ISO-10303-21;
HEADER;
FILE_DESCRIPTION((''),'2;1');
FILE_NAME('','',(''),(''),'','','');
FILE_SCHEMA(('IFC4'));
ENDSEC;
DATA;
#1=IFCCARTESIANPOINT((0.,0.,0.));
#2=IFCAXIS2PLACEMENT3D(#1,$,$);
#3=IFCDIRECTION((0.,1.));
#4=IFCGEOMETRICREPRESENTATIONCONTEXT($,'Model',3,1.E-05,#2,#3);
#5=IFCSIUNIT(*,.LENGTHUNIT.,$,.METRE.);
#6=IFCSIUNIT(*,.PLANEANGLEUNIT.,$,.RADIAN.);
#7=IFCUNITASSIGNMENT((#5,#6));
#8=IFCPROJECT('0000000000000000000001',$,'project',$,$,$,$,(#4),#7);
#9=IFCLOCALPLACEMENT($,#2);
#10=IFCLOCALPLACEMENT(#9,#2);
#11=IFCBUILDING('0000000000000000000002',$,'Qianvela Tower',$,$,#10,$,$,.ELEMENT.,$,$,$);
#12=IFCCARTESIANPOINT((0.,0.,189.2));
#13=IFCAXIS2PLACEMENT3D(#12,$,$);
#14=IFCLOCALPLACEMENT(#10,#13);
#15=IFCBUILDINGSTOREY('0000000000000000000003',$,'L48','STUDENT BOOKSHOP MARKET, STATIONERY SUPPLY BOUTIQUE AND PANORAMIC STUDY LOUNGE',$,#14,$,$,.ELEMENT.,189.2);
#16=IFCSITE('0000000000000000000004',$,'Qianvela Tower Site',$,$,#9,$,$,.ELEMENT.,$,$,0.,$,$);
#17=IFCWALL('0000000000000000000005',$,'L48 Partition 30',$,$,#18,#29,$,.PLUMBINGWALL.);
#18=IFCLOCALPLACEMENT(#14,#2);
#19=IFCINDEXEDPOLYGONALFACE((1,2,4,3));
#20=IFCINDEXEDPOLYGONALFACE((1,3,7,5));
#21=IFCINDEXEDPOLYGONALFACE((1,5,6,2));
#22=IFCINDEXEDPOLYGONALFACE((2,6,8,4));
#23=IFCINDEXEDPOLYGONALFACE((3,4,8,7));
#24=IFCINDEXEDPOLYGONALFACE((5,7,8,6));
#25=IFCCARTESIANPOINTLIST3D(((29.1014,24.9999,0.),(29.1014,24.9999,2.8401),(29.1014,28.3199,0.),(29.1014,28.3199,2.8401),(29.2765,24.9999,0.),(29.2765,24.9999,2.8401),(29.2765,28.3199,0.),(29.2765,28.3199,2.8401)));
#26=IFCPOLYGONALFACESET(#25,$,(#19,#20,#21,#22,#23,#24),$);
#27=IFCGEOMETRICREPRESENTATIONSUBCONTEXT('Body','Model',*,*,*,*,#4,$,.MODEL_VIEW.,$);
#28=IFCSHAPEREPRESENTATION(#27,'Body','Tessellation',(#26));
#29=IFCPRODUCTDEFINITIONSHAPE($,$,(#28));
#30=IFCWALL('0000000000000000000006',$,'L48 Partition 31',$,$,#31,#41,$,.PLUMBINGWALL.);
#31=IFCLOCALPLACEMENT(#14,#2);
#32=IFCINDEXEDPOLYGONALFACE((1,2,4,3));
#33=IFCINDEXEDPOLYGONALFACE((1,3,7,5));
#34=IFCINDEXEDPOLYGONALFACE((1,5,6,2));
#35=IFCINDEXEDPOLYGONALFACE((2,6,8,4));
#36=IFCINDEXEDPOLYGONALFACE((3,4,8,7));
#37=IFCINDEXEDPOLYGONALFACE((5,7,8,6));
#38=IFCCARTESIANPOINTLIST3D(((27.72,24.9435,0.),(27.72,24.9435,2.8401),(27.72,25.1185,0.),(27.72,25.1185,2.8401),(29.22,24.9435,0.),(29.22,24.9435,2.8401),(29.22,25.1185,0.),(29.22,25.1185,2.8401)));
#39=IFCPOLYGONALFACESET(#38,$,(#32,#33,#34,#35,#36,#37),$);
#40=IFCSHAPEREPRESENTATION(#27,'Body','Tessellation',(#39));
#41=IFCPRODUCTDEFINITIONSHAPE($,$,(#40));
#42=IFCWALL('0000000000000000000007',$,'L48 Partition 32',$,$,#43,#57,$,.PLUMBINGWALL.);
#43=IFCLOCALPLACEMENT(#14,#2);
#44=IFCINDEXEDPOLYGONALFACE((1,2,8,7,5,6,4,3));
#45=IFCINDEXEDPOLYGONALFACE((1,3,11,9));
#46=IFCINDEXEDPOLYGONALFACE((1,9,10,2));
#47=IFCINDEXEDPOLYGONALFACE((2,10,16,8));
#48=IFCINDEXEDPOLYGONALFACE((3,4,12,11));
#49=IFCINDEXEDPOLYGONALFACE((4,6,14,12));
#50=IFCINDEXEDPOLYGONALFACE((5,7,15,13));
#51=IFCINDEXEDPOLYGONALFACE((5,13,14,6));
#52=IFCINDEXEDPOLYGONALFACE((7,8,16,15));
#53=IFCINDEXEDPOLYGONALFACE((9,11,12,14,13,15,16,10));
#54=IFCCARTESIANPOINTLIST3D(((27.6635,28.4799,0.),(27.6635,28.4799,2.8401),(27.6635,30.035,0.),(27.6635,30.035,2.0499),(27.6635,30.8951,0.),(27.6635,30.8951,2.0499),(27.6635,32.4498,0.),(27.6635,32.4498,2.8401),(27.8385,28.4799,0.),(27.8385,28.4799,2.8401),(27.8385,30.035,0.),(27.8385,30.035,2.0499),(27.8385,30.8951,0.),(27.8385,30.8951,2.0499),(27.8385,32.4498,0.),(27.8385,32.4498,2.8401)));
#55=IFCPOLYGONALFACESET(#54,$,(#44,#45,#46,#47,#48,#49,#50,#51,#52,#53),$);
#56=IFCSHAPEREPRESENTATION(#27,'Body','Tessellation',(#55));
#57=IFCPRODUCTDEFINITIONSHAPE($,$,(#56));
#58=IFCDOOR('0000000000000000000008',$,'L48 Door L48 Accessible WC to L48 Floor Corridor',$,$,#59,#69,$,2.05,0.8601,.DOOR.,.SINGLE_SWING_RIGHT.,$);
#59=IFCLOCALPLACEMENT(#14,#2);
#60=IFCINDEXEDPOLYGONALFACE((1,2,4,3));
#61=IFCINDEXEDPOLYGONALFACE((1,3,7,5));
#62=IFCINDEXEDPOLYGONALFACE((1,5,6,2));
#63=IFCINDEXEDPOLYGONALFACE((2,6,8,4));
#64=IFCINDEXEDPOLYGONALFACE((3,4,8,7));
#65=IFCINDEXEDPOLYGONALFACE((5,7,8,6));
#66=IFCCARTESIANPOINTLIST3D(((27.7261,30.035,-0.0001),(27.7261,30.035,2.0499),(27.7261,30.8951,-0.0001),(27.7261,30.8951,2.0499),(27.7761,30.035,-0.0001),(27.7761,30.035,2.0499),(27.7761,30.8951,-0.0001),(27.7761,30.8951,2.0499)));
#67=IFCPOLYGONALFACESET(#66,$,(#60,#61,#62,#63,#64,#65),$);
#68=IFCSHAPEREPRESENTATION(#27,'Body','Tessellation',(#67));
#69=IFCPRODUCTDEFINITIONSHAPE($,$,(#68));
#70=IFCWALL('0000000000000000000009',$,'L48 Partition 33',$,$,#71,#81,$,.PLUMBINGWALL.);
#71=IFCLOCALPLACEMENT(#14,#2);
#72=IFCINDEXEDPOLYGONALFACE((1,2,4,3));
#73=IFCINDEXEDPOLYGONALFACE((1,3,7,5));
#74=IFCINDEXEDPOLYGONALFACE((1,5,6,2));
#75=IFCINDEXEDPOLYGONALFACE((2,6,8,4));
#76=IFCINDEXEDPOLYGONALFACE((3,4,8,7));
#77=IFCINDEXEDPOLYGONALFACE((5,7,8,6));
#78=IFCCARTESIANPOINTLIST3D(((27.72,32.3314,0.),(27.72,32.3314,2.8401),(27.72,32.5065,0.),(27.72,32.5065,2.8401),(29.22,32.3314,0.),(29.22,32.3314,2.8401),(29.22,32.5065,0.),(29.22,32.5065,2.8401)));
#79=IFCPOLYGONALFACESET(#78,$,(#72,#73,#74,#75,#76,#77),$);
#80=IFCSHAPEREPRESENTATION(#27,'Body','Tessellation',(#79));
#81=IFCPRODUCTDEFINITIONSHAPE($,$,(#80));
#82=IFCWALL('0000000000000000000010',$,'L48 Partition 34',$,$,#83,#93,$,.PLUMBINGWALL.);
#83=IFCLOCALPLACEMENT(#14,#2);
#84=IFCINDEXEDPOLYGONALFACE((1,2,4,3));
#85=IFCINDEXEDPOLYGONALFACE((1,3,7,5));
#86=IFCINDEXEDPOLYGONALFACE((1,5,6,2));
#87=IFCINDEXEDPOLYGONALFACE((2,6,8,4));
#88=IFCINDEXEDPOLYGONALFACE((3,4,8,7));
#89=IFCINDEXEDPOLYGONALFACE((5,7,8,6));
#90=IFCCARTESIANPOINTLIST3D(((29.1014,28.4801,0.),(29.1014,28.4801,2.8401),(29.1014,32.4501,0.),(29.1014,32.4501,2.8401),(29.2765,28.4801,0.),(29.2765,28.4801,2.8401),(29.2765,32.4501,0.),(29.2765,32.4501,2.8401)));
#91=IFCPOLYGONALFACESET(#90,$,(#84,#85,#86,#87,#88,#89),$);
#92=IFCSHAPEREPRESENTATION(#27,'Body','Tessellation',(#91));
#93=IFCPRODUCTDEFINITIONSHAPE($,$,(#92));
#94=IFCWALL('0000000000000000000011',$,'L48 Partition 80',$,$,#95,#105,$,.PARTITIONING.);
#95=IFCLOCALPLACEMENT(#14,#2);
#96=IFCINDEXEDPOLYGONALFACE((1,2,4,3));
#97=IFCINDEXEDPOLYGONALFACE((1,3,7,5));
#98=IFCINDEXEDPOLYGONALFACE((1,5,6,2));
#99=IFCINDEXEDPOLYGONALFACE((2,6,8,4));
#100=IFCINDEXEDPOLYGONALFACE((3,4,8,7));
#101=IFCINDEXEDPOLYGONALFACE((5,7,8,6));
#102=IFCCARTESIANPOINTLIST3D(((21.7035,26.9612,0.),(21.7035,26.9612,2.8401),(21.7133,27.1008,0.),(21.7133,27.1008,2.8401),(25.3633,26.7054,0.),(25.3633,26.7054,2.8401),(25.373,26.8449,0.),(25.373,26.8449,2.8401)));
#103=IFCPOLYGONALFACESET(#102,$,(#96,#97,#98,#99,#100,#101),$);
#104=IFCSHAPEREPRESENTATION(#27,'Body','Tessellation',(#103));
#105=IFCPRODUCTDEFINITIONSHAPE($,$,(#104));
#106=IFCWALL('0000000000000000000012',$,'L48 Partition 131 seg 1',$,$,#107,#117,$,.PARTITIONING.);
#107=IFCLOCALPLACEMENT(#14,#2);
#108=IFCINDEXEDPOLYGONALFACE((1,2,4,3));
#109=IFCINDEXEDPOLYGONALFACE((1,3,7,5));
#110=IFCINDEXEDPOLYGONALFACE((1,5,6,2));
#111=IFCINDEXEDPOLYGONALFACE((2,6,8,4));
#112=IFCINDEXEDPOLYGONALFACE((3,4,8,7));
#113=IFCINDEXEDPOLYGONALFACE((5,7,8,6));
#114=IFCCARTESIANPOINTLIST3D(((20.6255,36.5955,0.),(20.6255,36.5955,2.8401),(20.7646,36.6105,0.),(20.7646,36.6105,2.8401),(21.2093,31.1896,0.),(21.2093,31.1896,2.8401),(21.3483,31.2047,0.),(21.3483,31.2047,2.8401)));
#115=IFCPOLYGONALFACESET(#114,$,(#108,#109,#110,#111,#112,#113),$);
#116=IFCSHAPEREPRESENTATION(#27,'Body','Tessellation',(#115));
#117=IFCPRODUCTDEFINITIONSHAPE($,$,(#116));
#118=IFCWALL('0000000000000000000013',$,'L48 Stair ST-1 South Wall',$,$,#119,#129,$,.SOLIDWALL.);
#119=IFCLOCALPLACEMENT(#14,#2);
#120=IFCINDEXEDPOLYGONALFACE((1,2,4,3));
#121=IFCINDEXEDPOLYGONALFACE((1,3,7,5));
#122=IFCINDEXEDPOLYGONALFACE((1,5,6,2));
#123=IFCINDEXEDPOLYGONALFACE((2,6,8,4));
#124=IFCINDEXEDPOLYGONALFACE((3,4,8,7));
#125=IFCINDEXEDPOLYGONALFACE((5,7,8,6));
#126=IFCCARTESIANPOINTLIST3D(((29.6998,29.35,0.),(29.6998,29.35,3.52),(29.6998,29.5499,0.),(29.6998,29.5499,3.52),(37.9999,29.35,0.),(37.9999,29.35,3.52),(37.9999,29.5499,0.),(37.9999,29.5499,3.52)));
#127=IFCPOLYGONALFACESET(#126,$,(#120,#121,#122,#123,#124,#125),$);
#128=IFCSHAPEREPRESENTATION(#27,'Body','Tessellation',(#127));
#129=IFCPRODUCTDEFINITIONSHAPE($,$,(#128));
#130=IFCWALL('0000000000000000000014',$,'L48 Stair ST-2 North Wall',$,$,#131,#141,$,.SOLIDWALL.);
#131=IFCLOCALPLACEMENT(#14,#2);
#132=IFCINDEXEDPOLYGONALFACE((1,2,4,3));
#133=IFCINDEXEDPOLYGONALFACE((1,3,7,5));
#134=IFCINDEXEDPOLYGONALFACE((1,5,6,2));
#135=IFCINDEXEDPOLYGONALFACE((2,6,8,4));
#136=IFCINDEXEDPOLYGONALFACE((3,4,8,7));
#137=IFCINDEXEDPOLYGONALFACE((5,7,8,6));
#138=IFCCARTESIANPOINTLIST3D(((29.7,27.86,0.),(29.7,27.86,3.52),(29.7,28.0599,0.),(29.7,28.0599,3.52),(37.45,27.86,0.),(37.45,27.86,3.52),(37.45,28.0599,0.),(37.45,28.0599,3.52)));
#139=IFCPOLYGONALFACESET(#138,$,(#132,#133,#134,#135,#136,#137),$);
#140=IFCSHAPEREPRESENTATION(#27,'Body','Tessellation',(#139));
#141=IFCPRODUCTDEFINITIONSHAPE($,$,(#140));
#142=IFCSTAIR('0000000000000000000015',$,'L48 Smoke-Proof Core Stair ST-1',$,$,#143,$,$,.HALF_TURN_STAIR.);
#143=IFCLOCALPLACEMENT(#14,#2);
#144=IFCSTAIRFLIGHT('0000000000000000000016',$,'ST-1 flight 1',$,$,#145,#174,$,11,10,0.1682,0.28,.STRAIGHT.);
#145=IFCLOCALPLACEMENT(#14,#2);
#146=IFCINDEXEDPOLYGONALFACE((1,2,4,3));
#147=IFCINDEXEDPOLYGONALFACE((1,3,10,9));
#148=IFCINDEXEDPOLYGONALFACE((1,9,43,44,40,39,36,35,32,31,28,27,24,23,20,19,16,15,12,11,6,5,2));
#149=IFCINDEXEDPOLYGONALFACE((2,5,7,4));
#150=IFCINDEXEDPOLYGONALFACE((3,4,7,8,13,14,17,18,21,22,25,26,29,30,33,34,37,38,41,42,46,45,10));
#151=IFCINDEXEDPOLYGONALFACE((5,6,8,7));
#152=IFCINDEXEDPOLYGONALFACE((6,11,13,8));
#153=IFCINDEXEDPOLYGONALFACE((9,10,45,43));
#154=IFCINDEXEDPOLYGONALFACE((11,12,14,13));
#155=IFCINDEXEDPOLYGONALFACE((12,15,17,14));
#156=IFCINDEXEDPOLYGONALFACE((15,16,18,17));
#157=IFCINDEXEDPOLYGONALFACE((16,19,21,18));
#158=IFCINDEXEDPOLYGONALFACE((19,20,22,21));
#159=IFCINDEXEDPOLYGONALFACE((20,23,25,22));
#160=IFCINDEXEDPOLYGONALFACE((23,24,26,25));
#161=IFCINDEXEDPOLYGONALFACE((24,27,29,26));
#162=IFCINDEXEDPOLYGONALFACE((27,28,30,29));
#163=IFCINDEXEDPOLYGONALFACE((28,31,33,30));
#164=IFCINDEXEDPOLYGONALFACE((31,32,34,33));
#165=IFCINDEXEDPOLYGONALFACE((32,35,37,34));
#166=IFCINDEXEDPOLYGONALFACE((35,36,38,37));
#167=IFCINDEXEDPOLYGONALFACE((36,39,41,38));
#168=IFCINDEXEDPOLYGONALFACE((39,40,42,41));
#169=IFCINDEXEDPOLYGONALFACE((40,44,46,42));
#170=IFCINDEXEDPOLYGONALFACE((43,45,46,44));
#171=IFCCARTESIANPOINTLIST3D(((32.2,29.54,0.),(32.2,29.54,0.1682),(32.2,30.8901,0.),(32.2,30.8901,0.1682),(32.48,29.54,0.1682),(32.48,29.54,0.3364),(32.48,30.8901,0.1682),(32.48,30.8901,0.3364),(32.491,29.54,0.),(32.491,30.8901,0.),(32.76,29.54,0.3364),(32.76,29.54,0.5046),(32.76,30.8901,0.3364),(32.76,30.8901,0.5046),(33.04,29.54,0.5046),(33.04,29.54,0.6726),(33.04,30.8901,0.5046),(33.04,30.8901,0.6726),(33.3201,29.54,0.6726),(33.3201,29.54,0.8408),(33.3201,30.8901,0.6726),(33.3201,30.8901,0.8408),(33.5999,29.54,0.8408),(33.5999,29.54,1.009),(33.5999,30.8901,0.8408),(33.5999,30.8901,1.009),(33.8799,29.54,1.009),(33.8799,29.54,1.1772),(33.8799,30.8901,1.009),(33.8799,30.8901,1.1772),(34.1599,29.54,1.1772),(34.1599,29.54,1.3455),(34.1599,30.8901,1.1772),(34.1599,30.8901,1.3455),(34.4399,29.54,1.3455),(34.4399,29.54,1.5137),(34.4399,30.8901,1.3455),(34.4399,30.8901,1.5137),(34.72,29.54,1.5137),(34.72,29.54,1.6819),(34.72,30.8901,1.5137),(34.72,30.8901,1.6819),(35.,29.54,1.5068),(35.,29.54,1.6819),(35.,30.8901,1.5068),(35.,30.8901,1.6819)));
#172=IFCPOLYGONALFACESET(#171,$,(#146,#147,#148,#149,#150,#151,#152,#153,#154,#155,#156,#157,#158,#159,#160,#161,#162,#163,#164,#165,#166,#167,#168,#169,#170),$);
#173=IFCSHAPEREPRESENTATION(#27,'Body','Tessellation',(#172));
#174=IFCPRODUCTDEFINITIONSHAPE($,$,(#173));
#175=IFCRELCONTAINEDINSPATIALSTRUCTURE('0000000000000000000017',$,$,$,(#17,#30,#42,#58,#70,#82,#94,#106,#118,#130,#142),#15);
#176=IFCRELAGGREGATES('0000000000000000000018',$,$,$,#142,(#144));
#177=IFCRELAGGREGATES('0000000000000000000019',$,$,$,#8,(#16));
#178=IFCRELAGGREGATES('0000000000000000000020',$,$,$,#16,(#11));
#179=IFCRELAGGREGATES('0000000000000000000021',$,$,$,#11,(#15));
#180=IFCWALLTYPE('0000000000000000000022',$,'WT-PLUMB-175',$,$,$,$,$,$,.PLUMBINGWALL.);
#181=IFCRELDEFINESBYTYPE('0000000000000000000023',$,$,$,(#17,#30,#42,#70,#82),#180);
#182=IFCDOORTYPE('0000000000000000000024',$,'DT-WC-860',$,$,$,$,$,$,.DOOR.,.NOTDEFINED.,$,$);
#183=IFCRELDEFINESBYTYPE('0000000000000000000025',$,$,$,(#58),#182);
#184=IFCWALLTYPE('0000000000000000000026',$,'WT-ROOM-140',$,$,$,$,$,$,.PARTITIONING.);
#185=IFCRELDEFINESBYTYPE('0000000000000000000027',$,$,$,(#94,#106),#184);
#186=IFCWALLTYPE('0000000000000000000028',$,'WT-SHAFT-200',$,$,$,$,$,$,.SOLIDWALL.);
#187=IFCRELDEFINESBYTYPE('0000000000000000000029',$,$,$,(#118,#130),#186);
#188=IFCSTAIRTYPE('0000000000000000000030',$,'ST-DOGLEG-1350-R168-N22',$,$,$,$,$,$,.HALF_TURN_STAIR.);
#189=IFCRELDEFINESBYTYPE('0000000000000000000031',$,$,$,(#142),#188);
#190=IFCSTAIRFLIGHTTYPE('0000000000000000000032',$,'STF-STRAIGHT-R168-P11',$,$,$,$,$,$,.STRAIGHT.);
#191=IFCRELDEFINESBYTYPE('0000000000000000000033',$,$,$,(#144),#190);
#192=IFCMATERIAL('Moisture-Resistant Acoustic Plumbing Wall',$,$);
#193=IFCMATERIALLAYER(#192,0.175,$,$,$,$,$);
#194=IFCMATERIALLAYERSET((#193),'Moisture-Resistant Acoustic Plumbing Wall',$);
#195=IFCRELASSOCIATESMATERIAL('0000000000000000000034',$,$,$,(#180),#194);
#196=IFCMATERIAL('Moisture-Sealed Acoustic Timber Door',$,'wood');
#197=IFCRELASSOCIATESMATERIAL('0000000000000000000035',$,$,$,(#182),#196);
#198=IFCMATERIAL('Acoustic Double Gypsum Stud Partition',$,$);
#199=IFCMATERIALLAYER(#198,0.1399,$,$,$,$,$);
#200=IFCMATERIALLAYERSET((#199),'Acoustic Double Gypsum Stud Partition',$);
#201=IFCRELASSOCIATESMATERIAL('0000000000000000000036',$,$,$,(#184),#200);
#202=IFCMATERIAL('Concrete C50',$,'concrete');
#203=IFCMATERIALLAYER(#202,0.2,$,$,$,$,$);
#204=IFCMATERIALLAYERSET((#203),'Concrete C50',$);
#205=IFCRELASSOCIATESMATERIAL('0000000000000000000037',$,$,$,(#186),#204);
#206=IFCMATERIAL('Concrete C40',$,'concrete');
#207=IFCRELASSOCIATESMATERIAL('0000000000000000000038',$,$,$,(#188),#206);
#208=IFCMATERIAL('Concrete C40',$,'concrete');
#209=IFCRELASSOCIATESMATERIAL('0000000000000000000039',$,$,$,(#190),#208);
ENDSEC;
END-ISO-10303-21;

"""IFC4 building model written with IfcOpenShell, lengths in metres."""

from ifc_helpers import new_model, si_unit, direction, frame, frame_2d, origin, place, context, subcontext, project, spatial, polyline, rectangle, outline, extrude, material, layer, layer_set, type_object, element, fill, aggregate, save


model = new_model("IFC4")

# Units and contexts
model_context = context("Model", 3, precision=1e-05, world=origin(), true_north=direction((0.0, 1.0)))
body_context = subcontext(model_context, "Body", "Model", "MODEL_VIEW")
ifc_project = project(units=[si_unit("LENGTHUNIT", "METRE"), si_unit("PLANEANGLEUNIT", "RADIAN")], contexts=[model_context])

# Site, building, storey
site_placement = place(None, origin())
site = spatial("IfcSite", under=ifc_project, at=site_placement, Name="Qianvela Tower Site", CompositionType="ELEMENT", RefElevation=0.0)
building_placement = place(site_placement, origin())
building = spatial("IfcBuilding", under=site, at=building_placement, Name="Qianvela Tower", CompositionType="ELEMENT")
storey_placement = place(building_placement, frame((0.0, 0.0, 189.2)))
storey = spatial("IfcBuildingStorey", under=building, at=storey_placement, Name="L48", Description="STUDENT BOOKSHOP MARKET, STATIONERY SUPPLY BOUTIQUE AND PANORAMIC STUDY LOUNGE", CompositionType="ELEMENT", Elevation=189.2)

# Shared definitions
ifc_material_1 = material(Name="Moisture-Resistant Acoustic Plumbing Wall")
ifc_layer_1 = layer(ifc_material_1, 0.175)
ifc_layer_set_1 = layer_set([ifc_layer_1], Name="Moisture-Resistant Acoustic Plumbing Wall")
wall_type_1 = type_object("IfcWallType", Name="WT-PLUMB-175", PredefinedType="PLUMBINGWALL", material=ifc_layer_set_1)

# Walls
wall_1_placement = place(storey_placement, frame((29.189, 28.3201, 0.0), z_axis=(0.0, 0.0, 1.0), x_axis=(0.0, -1.0, 0.0)))
element("IfcWall", 1, at=wall_1_placement, inside=storey, type_object=wall_type_1, Name="L48 Partition 30", PredefinedType="PLUMBINGWALL", context=body_context, shape_type="SweptSolid", body=[
    extrude(rectangle(XDim=3.3201, YDim=0.175, at=frame_2d((1.6602, 0.0))), origin(), (0.0, 0.0, 1.0), 2.8401),
])
wall_2_placement = place(storey_placement, frame((29.22, 25.031, 0.0), z_axis=(0.0, 0.0, 1.0), x_axis=(-1.0, 0.0, 0.0)))
element("IfcWall", 2, at=wall_2_placement, inside=storey, type_object=wall_type_1, Name="L48 Partition 31", PredefinedType="PLUMBINGWALL", context=body_context, shape_type="SweptSolid", body=[
    extrude(rectangle(XDim=1.5, YDim=0.175, at=frame_2d((0.75, 0.0))), origin(), (0.0, 0.0, 1.0), 2.8401),
])

# Wall, opening, door
wall_3_placement = place(storey_placement, frame((27.751, 28.48, 0.0), z_axis=(0.0, 0.0, 1.0), x_axis=(0.0, 1.0, 0.0)))
wall_3 = element("IfcWall", 3, at=wall_3_placement, inside=storey, type_object=wall_type_1, Name="L48 Partition 32", PredefinedType="PLUMBINGWALL", context=body_context, shape_type="SweptSolid", body=[
    extrude(rectangle(XDim=3.97, YDim=0.175, at=frame_2d((1.9849, 0.0))), origin(), (0.0, 0.0, 1.0), 2.8401),
])
opening_1_placement = place(wall_3_placement, frame((1.5549, 0.0, 0.0)))
opening_1 = element("IfcOpeningElement", 4, at=opening_1_placement, cuts=wall_3, PredefinedType="OPENING", context=body_context, shape_type="SweptSolid", body=[
    extrude(rectangle(XDim=0.8601, YDim=2.05, at=frame_2d((0.4302, 1.0249))), frame((0.0, 0.0974, 0.0), z_axis=(0.0, -1.0, 0.0), x_axis=(1.0, 0.0, 0.0)), (0.0, 0.0, 1.0), 0.1951),
])
ifc_material_2 = material(Name="Moisture-Sealed Acoustic Timber Door", Category="wood")
door_type_1 = type_object("IfcDoorType", Name="DT-WC-860", OperationType="NOTDEFINED", PredefinedType="DOOR", material=ifc_material_2)
door_1_placement = place(opening_1_placement, origin())
door_1 = element("IfcDoor", 5, at=door_1_placement, inside=storey, type_object=door_type_1, Name="L48 Door L48 Accessible WC to L48 Floor Corridor", OperationType="SINGLE_SWING_RIGHT", OverallHeight=2.05, OverallWidth=0.8601, PredefinedType="DOOR", context=body_context, shape_type="SweptSolid", body=[
    extrude(rectangle(XDim=0.8601, YDim=2.05, at=frame_2d((0.4302, 1.0249))), frame((0.0, 0.0249, 0.0), z_axis=(0.0, -1.0, 0.0), x_axis=(1.0, 0.0, 0.0)), (0.0, 0.0, 1.0), 0.05),
])
fill(opening_1, door_1)

# Walls
wall_4_placement = place(storey_placement, frame((27.72, 32.4189, 0.0), z_axis=(0.0, 0.0, 1.0), x_axis=(1.0, 0.0, 0.0)))
element("IfcWall", 6, at=wall_4_placement, inside=storey, type_object=wall_type_1, Name="L48 Partition 33", PredefinedType="PLUMBINGWALL", context=body_context, shape_type="SweptSolid", body=[
    extrude(rectangle(XDim=1.5, YDim=0.175, at=frame_2d((0.75, 0.0))), origin(), (0.0, 0.0, 1.0), 2.8401),
])
wall_5_placement = place(storey_placement, frame((29.189, 32.45, 0.0), z_axis=(0.0, 0.0, 1.0), x_axis=(0.0, -1.0, 0.0)))
element("IfcWall", 7, at=wall_5_placement, inside=storey, type_object=wall_type_1, Name="L48 Partition 34", PredefinedType="PLUMBINGWALL", context=body_context, shape_type="SweptSolid", body=[
    extrude(rectangle(XDim=3.97, YDim=0.175, at=frame_2d((1.9849, 0.0))), origin(), (0.0, 0.0, 1.0), 2.8401),
])
ifc_material_3 = material(Name="Acoustic Double Gypsum Stud Partition")
ifc_layer_2 = layer(ifc_material_3, 0.1399)
ifc_layer_set_2 = layer_set([ifc_layer_2], Name="Acoustic Double Gypsum Stud Partition")
wall_type_2 = type_object("IfcWallType", Name="WT-ROOM-140", PredefinedType="PARTITIONING", material=ifc_layer_set_2)
wall_6_placement = place(storey_placement, frame((21.7083, 27.031, 0.0), z_axis=(0.0, 0.0, 1.0), x_axis=(0.997565, -0.069743, 0.0)))
element("IfcWall", 8, at=wall_6_placement, inside=storey, type_object=wall_type_2, Name="L48 Partition 80", PredefinedType="PARTITIONING", context=body_context, shape_type="SweptSolid", body=[
    extrude(rectangle(XDim=3.6687, YDim=0.1399, at=frame_2d((1.8345, 0.0))), origin(), (0.0, 0.0, 1.0), 2.8401),
])
wall_7_placement = place(storey_placement, frame((21.2788, 31.197, 0.0), z_axis=(0.0, 0.0, 1.0), x_axis=(-0.107361, 0.99422, 0.0)))
element("IfcWall", 9, at=wall_7_placement, inside=storey, type_object=wall_type_2, Name="L48 Partition 131 seg 1", PredefinedType="PARTITIONING", context=body_context, shape_type="SweptSolid", body=[
    extrude(rectangle(XDim=5.4373, YDim=0.1399, at=frame_2d((2.7188, 0.0))), origin(), (0.0, 0.0, 1.0), 2.8401),
])
ifc_material_4 = material(Name="Concrete C50", Category="concrete")
ifc_layer_3 = layer(ifc_material_4, 0.2)
ifc_layer_set_3 = layer_set([ifc_layer_3], Name="Concrete C50")
wall_type_3 = type_object("IfcWallType", Name="WT-SHAFT-200", PredefinedType="SOLIDWALL", material=ifc_layer_set_3)
wall_8_placement = place(storey_placement, frame((29.7, 29.45, 0.0), z_axis=(0.0, 0.0, 1.0), x_axis=(1.0, 0.0, 0.0)))
element("IfcWall", 10, at=wall_8_placement, inside=storey, type_object=wall_type_3, Name="L48 Stair ST-1 South Wall", PredefinedType="SOLIDWALL", context=body_context, shape_type="SweptSolid", body=[
    extrude(rectangle(XDim=8.3, YDim=0.2, at=frame_2d((4.1499, 0.0))), origin(), (0.0, 0.0, 1.0), 3.52),
])
wall_9_placement = place(storey_placement, frame((29.7, 27.96, 0.0), z_axis=(0.0, 0.0, 1.0), x_axis=(1.0, 0.0, 0.0)))
element("IfcWall", 11, at=wall_9_placement, inside=storey, type_object=wall_type_3, Name="L48 Stair ST-2 North Wall", PredefinedType="SOLIDWALL", context=body_context, shape_type="SweptSolid", body=[
    extrude(rectangle(XDim=7.75, YDim=0.2, at=frame_2d((3.875, 0.0))), origin(), (0.0, 0.0, 1.0), 3.52),
])

# Stair, stair flight
ifc_material_5 = material(Name="Concrete C40", Category="concrete")
stair_type = type_object("IfcStairType", Name="ST-DOGLEG-1350-R168-N22", PredefinedType="HALF_TURN_STAIR", material=ifc_material_5)
stair_1_placement = place(storey_placement, origin())
stair_1 = element("IfcStair", 12, at=stair_1_placement, inside=storey, type_object=stair_type, Name="L48 Smoke-Proof Core Stair ST-1", PredefinedType="HALF_TURN_STAIR")
ifc_material_6 = material(Name="Concrete C40", Category="concrete")
stair_flight_type = type_object("IfcStairFlightType", Name="STF-STRAIGHT-R168-P11", PredefinedType="STRAIGHT", material=ifc_material_6)
stair_flight_1_placement = place(storey_placement, frame((32.2, 30.2151, 0.0), z_axis=(0.0, 0.0, 1.0), x_axis=(1.0, 0.0, 0.0)))
stair_flight_1 = element("IfcStairFlight", 13, at=stair_flight_1_placement, type_object=stair_flight_type, Name="ST-1 flight 1", NumberOfRisers=11, NumberOfTreads=10, PredefinedType="STRAIGHT", RiserHeight=0.1682, TreadLength=0.28, context=body_context, shape_type="SweptSolid", body=[
    extrude(outline(polyline([(0.0, 0.0), (0.0, 0.1682), (0.28, 0.1682), (0.28, 0.3364), (0.5601, 0.3364), (0.5601, 0.5046), (0.8401, 0.5046), (0.8401, 0.6726), (1.1201, 0.6726), (1.1201, 0.8408), (1.3999, 0.8408), (1.3999, 1.009), (1.6799, 1.009), (1.6799, 1.1772), (1.96, 1.1772), (1.96, 1.3455), (2.24, 1.3455), (2.24, 1.5137), (2.52, 1.5137), (2.52, 1.6819), (2.8, 1.6819), (2.8, 1.8501), (2.8, 1.5068), (0.291, 0.0), (0.0, 0.0)])), frame((0.0, 0.675, 0.0), z_axis=(0.0, -1.0, 0.0), x_axis=(1.0, 0.0, 0.0)), (0.0, 0.0, 1.0), 1.3501),
])
aggregate(stair_1, [stair_flight_1])

save(model, "model.ifc")
